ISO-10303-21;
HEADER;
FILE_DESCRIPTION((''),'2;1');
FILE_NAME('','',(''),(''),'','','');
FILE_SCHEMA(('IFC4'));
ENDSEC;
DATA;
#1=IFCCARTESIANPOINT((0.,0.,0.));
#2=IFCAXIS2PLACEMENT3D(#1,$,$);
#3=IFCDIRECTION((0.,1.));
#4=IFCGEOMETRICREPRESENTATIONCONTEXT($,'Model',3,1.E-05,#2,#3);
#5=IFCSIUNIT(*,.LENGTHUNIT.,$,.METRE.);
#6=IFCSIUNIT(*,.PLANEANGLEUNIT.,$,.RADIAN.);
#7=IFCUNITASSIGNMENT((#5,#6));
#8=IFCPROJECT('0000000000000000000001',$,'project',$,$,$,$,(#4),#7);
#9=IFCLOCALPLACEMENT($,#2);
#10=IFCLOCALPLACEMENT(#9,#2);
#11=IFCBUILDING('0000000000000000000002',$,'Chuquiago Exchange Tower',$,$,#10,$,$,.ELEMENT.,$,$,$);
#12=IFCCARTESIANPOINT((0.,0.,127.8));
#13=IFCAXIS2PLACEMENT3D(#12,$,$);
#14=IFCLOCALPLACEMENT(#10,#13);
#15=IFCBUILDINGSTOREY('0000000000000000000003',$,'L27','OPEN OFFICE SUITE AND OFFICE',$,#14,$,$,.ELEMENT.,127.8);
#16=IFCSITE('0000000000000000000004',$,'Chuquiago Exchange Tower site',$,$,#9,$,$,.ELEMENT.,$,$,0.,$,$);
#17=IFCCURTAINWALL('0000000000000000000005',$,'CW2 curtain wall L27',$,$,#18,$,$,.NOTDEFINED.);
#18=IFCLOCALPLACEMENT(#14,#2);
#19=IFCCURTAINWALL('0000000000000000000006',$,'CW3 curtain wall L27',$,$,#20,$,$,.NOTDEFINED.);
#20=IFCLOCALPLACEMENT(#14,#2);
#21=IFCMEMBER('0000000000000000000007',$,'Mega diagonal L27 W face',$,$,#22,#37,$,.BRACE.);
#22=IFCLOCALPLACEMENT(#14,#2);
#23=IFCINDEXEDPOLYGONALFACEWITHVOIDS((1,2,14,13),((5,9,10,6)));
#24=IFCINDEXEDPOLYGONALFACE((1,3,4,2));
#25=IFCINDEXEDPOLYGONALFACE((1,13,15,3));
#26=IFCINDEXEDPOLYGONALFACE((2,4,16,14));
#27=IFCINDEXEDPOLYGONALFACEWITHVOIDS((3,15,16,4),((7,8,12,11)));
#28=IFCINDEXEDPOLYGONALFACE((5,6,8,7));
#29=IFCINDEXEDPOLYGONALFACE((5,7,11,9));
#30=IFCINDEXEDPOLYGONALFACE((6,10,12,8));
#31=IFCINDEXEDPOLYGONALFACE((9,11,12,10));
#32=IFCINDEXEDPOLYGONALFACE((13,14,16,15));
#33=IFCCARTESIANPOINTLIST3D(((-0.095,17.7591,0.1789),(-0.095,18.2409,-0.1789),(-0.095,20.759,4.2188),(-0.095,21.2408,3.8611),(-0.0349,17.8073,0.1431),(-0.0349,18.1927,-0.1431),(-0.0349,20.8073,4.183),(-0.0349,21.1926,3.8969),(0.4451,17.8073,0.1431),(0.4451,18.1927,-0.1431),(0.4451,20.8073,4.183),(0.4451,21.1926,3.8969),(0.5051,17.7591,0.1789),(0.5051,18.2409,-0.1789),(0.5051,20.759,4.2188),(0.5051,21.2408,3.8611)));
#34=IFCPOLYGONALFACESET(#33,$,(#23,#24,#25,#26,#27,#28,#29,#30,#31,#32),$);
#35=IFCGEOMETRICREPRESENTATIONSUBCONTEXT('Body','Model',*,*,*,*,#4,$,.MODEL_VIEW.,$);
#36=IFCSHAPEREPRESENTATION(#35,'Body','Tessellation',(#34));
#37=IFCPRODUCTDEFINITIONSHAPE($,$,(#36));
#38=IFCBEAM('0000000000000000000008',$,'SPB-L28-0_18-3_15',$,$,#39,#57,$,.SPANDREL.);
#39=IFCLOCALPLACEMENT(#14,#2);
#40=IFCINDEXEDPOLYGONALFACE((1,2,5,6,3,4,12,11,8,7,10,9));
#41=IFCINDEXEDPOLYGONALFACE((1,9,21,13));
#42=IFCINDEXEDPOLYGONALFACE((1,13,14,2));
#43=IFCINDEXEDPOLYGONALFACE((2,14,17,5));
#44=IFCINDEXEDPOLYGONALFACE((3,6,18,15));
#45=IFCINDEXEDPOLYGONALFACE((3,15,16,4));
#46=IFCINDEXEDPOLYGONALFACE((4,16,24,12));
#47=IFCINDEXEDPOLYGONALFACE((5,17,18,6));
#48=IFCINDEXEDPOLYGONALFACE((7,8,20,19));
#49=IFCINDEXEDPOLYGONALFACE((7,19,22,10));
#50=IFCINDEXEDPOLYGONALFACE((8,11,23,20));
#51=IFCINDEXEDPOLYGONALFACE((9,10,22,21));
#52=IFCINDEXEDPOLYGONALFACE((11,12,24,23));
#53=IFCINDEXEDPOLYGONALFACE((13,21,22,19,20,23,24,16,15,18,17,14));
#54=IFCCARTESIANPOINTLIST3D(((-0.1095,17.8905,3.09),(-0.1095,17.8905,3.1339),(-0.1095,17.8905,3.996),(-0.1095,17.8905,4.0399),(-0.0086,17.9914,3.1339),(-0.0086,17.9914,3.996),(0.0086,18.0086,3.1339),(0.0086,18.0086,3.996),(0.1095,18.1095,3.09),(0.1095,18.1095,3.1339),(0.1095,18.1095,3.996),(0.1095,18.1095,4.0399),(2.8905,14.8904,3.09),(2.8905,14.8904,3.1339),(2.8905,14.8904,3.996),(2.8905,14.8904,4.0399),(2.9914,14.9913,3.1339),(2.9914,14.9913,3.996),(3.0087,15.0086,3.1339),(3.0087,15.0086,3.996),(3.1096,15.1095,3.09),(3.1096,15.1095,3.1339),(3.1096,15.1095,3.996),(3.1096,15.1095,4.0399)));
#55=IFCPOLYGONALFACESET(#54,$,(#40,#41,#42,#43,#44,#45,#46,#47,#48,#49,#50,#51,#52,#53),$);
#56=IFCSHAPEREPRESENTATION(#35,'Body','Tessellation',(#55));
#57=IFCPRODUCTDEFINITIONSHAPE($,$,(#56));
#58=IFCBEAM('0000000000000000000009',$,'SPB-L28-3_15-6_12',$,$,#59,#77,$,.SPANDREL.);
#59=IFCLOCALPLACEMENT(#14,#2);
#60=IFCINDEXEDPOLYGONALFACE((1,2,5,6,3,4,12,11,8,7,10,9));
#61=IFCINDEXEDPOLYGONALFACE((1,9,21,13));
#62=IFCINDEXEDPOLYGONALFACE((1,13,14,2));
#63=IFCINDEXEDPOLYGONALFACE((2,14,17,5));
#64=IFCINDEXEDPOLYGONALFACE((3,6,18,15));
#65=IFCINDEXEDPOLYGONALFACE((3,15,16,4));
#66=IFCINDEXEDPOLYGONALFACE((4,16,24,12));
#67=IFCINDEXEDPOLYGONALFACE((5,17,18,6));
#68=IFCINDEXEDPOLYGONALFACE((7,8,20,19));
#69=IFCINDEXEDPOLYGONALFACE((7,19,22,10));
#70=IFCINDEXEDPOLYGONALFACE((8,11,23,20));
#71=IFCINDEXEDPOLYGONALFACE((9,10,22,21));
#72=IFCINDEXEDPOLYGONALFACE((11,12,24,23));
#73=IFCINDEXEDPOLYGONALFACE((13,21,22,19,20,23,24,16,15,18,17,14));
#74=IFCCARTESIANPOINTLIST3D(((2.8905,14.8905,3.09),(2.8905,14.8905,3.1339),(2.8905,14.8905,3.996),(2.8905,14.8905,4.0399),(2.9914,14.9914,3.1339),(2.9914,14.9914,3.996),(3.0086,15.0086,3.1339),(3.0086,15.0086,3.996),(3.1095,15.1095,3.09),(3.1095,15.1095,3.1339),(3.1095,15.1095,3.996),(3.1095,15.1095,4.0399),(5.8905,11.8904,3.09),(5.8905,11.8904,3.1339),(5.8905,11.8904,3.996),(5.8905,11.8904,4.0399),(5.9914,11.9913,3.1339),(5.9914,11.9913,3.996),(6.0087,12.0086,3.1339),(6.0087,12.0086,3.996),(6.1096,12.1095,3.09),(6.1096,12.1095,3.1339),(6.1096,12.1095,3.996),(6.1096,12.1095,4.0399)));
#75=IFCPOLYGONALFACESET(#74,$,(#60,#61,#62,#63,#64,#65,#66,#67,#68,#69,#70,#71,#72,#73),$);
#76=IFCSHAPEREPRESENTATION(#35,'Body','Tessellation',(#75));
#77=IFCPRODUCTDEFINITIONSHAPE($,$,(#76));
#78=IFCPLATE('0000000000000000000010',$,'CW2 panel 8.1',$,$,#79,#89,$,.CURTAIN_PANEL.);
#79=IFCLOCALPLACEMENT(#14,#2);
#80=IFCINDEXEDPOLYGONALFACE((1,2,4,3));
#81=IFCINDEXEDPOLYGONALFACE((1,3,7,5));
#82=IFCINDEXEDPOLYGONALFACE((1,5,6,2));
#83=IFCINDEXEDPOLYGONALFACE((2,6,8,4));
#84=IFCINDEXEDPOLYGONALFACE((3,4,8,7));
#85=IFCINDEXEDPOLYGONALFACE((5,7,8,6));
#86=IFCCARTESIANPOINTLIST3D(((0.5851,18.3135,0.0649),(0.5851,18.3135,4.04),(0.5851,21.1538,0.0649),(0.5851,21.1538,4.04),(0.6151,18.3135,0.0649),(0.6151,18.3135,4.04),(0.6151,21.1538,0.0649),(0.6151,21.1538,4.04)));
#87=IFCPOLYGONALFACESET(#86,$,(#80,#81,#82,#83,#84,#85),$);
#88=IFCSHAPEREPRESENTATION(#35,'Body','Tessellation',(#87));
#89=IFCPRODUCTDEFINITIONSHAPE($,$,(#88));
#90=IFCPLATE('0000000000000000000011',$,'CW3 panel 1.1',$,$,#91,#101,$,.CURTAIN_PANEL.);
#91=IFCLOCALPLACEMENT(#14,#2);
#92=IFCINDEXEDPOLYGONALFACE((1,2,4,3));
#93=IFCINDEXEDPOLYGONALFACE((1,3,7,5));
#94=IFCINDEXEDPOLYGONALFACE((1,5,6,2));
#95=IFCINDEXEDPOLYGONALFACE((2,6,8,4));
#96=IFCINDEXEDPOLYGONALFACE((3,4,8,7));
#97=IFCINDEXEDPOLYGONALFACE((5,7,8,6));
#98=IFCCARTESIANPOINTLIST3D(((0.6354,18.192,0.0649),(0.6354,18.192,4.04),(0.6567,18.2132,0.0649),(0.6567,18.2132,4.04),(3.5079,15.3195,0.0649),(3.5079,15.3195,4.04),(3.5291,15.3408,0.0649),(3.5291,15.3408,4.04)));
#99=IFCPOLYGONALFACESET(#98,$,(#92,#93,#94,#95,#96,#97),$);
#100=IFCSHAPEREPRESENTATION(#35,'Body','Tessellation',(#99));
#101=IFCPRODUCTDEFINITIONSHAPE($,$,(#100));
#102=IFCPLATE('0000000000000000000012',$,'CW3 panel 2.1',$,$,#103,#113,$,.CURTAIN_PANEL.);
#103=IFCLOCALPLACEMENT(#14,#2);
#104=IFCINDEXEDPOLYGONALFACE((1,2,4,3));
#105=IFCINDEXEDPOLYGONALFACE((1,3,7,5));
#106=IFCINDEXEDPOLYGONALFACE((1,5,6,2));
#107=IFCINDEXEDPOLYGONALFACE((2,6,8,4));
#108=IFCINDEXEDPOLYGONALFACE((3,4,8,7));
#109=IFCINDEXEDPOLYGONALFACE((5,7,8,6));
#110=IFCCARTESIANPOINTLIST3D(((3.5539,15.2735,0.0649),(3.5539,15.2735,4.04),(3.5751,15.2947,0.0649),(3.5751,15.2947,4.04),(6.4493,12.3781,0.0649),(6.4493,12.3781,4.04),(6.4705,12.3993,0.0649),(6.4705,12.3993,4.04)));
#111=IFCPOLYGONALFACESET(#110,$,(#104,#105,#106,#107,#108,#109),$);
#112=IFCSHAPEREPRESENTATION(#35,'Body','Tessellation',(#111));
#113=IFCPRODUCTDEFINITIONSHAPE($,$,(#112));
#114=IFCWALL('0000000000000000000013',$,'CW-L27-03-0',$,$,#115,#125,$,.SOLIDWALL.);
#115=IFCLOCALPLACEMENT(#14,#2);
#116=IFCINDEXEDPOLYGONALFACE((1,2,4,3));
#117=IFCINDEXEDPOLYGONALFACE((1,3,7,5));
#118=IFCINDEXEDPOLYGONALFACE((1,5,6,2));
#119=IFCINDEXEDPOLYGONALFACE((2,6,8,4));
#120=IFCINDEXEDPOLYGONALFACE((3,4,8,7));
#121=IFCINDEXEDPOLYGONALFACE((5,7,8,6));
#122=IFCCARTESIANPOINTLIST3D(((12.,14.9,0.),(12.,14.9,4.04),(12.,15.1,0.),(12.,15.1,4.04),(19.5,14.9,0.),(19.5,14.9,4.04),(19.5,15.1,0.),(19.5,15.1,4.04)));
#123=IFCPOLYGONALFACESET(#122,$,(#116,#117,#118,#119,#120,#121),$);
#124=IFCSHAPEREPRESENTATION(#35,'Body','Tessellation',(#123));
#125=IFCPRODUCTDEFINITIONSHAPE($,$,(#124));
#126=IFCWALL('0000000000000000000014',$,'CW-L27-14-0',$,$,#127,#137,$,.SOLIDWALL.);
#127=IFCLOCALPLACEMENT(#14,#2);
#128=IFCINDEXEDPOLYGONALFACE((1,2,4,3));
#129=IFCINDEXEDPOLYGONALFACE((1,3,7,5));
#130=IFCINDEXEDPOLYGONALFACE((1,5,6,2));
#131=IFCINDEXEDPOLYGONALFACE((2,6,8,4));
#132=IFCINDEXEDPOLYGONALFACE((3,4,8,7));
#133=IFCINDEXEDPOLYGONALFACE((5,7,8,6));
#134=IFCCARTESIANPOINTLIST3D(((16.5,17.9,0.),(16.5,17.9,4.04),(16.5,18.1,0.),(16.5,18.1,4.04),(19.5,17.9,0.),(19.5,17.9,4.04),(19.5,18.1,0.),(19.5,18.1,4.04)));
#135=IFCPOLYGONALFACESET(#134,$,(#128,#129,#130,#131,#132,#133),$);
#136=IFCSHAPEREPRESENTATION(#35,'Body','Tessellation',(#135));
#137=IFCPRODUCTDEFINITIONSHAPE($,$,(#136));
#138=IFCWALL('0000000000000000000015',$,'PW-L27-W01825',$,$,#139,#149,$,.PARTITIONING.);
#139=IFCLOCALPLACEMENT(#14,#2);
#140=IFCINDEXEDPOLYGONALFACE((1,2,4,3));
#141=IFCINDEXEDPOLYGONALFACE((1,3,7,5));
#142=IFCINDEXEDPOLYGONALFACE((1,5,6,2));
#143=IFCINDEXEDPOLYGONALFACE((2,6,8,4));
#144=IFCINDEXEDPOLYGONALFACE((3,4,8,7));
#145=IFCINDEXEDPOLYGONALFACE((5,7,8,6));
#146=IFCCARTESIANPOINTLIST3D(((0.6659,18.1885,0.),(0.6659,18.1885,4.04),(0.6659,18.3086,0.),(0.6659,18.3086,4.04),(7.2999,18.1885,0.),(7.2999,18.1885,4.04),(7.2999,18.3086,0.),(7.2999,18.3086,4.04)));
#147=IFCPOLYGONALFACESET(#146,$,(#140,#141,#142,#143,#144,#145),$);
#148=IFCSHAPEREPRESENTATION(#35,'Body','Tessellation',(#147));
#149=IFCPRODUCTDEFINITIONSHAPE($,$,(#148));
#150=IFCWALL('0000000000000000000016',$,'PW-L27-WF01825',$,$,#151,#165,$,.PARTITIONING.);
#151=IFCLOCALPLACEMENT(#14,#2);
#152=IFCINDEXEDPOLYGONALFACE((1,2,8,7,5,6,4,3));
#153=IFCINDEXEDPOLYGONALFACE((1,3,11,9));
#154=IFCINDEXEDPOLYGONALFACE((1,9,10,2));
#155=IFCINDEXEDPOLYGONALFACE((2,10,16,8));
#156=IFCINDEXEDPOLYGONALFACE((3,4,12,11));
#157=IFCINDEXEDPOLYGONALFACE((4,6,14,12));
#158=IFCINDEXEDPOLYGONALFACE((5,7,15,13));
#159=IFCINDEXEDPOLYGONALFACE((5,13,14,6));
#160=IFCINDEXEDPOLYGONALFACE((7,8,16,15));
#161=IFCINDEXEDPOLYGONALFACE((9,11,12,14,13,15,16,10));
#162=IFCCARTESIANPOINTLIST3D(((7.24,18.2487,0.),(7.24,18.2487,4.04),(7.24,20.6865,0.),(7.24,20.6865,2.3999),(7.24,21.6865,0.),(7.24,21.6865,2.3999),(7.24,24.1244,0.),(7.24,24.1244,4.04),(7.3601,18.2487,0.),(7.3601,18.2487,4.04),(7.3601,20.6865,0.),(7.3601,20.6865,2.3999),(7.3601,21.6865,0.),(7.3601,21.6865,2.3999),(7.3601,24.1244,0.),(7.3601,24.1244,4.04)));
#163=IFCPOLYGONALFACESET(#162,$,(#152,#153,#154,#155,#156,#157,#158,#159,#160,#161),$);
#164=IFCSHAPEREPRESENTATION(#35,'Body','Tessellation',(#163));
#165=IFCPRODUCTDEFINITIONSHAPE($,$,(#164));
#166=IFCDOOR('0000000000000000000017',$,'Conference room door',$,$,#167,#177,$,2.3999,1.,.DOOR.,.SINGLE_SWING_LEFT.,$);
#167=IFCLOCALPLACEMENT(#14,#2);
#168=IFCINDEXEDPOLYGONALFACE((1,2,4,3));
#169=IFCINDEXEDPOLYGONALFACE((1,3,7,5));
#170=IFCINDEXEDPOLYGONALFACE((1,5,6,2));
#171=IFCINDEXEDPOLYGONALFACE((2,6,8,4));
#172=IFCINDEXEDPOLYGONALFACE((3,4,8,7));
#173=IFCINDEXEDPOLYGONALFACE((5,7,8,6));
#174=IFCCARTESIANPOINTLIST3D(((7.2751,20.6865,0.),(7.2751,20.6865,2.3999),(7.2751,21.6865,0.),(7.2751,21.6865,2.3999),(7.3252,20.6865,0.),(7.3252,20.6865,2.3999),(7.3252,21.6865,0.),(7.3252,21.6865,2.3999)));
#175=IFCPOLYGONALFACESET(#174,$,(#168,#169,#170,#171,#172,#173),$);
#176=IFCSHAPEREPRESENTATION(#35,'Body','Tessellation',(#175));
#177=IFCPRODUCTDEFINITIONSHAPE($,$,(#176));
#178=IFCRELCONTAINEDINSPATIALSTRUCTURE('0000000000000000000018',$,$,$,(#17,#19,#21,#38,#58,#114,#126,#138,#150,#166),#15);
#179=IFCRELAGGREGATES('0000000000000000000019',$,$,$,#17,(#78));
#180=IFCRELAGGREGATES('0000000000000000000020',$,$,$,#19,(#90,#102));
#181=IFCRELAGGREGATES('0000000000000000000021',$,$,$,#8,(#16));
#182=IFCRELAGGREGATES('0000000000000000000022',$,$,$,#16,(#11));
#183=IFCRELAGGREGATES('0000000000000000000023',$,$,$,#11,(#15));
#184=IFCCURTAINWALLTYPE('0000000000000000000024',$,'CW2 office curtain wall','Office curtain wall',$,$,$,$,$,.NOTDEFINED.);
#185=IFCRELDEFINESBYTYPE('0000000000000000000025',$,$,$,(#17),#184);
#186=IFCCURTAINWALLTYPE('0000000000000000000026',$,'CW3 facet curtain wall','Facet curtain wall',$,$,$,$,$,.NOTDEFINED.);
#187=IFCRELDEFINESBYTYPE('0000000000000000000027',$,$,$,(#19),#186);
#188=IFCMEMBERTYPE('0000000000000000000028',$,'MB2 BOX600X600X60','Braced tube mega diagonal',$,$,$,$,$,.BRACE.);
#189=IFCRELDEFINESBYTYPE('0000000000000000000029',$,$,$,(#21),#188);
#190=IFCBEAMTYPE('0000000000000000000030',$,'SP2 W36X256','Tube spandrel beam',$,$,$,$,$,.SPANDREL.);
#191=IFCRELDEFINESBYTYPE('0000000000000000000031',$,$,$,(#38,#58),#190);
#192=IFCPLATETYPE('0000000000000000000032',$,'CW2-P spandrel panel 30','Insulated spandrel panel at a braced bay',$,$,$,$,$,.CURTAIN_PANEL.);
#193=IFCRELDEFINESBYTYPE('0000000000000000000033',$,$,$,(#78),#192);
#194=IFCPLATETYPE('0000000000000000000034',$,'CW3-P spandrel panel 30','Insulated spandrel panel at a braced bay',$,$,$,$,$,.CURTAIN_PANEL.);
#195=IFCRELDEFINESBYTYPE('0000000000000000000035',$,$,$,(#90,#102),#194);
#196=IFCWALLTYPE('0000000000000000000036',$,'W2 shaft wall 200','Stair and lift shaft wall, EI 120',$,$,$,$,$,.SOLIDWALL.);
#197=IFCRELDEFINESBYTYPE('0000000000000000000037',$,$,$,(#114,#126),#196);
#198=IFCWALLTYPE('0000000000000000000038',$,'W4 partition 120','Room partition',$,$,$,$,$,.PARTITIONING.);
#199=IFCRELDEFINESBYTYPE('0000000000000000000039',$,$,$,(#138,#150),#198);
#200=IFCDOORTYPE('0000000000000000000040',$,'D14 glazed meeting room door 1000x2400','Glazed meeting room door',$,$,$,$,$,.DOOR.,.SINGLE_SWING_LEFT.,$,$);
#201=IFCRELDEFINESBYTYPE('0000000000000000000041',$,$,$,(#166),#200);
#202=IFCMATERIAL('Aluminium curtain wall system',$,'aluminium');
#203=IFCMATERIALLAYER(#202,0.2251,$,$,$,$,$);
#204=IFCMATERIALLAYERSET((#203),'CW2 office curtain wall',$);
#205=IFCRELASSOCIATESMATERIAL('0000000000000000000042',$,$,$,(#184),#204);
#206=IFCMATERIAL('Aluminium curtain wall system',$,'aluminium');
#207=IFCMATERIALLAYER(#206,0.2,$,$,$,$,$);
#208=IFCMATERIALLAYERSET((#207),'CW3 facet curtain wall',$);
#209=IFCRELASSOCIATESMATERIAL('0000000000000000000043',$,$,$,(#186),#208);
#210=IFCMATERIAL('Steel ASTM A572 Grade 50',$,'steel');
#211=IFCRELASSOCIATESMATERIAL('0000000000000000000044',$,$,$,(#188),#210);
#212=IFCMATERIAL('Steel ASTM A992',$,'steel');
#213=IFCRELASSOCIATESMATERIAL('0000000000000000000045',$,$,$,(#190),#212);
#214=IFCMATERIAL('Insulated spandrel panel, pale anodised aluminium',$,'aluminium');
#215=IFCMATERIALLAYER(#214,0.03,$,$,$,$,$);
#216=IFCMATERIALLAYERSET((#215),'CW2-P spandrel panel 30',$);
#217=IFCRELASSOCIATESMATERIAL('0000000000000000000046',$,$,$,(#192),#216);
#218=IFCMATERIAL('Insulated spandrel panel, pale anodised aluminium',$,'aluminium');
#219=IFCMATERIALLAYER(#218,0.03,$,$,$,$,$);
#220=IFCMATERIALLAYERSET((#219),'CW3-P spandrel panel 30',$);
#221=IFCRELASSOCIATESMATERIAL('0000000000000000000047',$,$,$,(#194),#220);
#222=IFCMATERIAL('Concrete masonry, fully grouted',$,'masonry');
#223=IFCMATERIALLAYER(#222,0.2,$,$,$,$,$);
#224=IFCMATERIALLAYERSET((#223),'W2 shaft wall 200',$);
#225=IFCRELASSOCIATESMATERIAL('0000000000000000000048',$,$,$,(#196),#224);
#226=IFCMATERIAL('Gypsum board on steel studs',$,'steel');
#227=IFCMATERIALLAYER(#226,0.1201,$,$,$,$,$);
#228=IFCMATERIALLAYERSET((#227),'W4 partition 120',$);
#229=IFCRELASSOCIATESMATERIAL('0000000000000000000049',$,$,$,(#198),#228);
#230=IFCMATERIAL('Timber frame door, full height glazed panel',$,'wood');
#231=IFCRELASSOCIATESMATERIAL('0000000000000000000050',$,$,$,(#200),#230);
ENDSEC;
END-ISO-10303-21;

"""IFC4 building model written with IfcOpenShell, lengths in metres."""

from ifc_helpers import new_model, si_unit, direction, frame, frame_2d, origin, origin_2d, place, context, subcontext, project, spatial, rectangle, hollow_rectangle, i_section, extrude, material, layer, layer_set, material_profile, profile_set, type_object, element, fill, aggregate, save


model = new_model("IFC4")

# Units and contexts
model_context = context("Model", 3, precision=1e-05, world=origin(), true_north=direction((0.0, 1.0)))
body_context = subcontext(model_context, "Body", "Model", "MODEL_VIEW")
ifc_project = project(units=[si_unit("LENGTHUNIT", "METRE"), si_unit("PLANEANGLEUNIT", "RADIAN")], contexts=[model_context])

# Site, building, storey
site_placement = place(None, origin())
site = spatial("IfcSite", under=ifc_project, at=site_placement, Name="Chuquiago Exchange Tower site", CompositionType="ELEMENT", RefElevation=0.0)
building_placement = place(site_placement, origin())
building = spatial("IfcBuilding", under=site, at=building_placement, Name="Chuquiago Exchange Tower", CompositionType="ELEMENT")
storey_placement = place(building_placement, frame((0.0, 0.0, 127.8)))
storey = spatial("IfcBuildingStorey", under=building, at=storey_placement, Name="L27", Description="OPEN OFFICE SUITE AND OFFICE", CompositionType="ELEMENT", Elevation=127.8)

# Curtain wall
ifc_material_1 = material(Name="Aluminium curtain wall system", Category="aluminium")
ifc_layer_1 = layer(ifc_material_1, 0.2251)
ifc_layer_set_1 = layer_set([ifc_layer_1], Name="CW2 office curtain wall")
curtain_wall_type_1 = type_object("IfcCurtainWallType", Name="CW2 office curtain wall", Description="Office curtain wall", PredefinedType="NOTDEFINED", material=ifc_layer_set_1)
curtain_wall_1_placement = place(storey_placement, origin())
curtain_wall_1 = element("IfcCurtainWall", 1, at=curtain_wall_1_placement, inside=storey, type_object=curtain_wall_type_1, Name="CW2 curtain wall L27", PredefinedType="NOTDEFINED")

# Curtain wall
ifc_material_2 = material(Name="Aluminium curtain wall system", Category="aluminium")
ifc_layer_2 = layer(ifc_material_2, 0.2)
ifc_layer_set_2 = layer_set([ifc_layer_2], Name="CW3 facet curtain wall")
curtain_wall_type_2 = type_object("IfcCurtainWallType", Name="CW3 facet curtain wall", Description="Facet curtain wall", PredefinedType="NOTDEFINED", material=ifc_layer_set_2)
curtain_wall_2_placement = place(storey_placement, origin())
curtain_wall_2 = element("IfcCurtainWall", 2, at=curtain_wall_2_placement, inside=storey, type_object=curtain_wall_type_2, Name="CW3 curtain wall L27", PredefinedType="NOTDEFINED")

# Member
ifc_material_3 = material(Name="Steel ASTM A572 Grade 50", Category="steel")
ifc_material_profile_1 = material_profile(ifc_material_3, hollow_rectangle(XDim=0.6001, YDim=0.6001, WallThickness=0.0601, at=origin_2d()), Name="BOX600X600X60")
ifc_profile_set_1 = profile_set([ifc_material_profile_1], Name="Steel ASTM A572 Grade 50")
member_type_1 = type_object("IfcMemberType", Name="MB2 BOX600X600X60", Description="Braced tube mega diagonal", PredefinedType="BRACE", material=ifc_profile_set_1)
member_1_placement = place(storey_placement, frame((0.2051, 18.0, 0.0), z_axis=(0.0, 0.596174, 0.802855), x_axis=(-1.0, 0.0, 0.0)))
element("IfcMember", 3, at=member_1_placement, inside=storey, type_object=member_type_1, Name="Mega diagonal L27 W face", PredefinedType="BRACE", context=body_context, shape_type="SweptSolid", body=[
    extrude(hollow_rectangle(XDim=0.6001, YDim=0.6001, WallThickness=0.0601, at=origin_2d()), origin(), (0.0, 0.0, 1.0), 5.032),
])

# Beams
ifc_material_4 = material(Name="Steel ASTM A992", Category="steel")
ifc_material_profile_2 = material_profile(ifc_material_4, i_section(OverallWidth=0.3098, OverallDepth=0.95, WebThickness=0.0244, FlangeThickness=0.0439, at=origin_2d()), Name="W36X256")
ifc_profile_set_2 = profile_set([ifc_material_profile_2], Name="Steel ASTM A992")
beam_type_1 = type_object("IfcBeamType", Name="SP2 W36X256", Description="Tube spandrel beam", PredefinedType="SPANDREL", material=ifc_profile_set_2)
for number, where, z_axis, x_axis, name in (
    (4, (0.0, 18.0, 3.5649), (0.707107, -0.707107, 0.0), (0.707107, 0.707107, 0.0), "SPB-L28-0_18-3_15"),
    (5, (3.0, 15.0, 3.5649), (0.707107, -0.707107, 0.0), (0.707107, 0.707107, 0.0), "SPB-L28-3_15-6_12"),
):
    element("IfcBeam", number, at=place(storey_placement, frame(where, z_axis=z_axis, x_axis=x_axis)), inside=storey, type_object=beam_type_1, Name=name, PredefinedType="SPANDREL", context=body_context, shape_type="SweptSolid", body=[
        extrude(i_section(OverallWidth=0.3098, OverallDepth=0.95, WebThickness=0.0244, FlangeThickness=0.0439, at=origin_2d()), origin(), (0.0, 0.0, 1.0), 4.2427),
    ])

# Plates
ifc_material_5 = material(Name="Insulated spandrel panel, pale anodised aluminium", Category="aluminium")
ifc_layer_3 = layer(ifc_material_5, 0.03)
ifc_layer_set_3 = layer_set([ifc_layer_3], Name="CW2-P spandrel panel 30")
plate_type_1 = type_object("IfcPlateType", Name="CW2-P spandrel panel 30", Description="Insulated spandrel panel at a braced bay", PredefinedType="CURTAIN_PANEL", material=ifc_layer_set_3)
plate_1_placement = place(storey_placement, frame((0.6001, 19.7336, 0.0649), z_axis=(0.0, 0.0, 1.0), x_axis=(0.0, -1.0, 0.0)))
plate_1 = element("IfcPlate", 6, at=plate_1_placement, type_object=plate_type_1, Name="CW2 panel 8.1", PredefinedType="CURTAIN_PANEL", context=body_context, shape_type="SweptSolid", body=[
    extrude(rectangle(XDim=2.8403, YDim=0.03, at=origin_2d()), origin(), (0.0, 0.0, 1.0), 3.9751),
])
aggregate(curtain_wall_1, [plate_1])
ifc_material_6 = material(Name="Insulated spandrel panel, pale anodised aluminium", Category="aluminium")
ifc_layer_4 = layer(ifc_material_6, 0.03)
ifc_layer_set_4 = layer_set([ifc_layer_4], Name="CW3-P spandrel panel 30")
plate_type_2 = type_object("IfcPlateType", Name="CW3-P spandrel panel 30", Description="Insulated spandrel panel at a braced bay", PredefinedType="CURTAIN_PANEL", material=ifc_layer_set_4)
plate_2_placement = place(storey_placement, frame((2.0823, 16.7664, 0.0649), z_axis=(0.0, 0.0, 1.0), x_axis=(0.707107, -0.707107, 0.0)))
plate_2 = element("IfcPlate", 7, at=plate_2_placement, type_object=plate_type_2, Name="CW3 panel 1.1", PredefinedType="CURTAIN_PANEL", context=body_context, shape_type="SweptSolid", body=[
    extrude(rectangle(XDim=4.0623, YDim=0.03, at=origin_2d()), origin(), (0.0, 0.0, 1.0), 3.9751),
])
plate_3_placement = place(storey_placement, frame((5.0122, 13.8364, 0.0649), z_axis=(0.0, 0.0, 1.0), x_axis=(0.707107, -0.707107, 0.0)))
plate_3 = element("IfcPlate", 8, at=plate_3_placement, type_object=plate_type_2, Name="CW3 panel 2.1", PredefinedType="CURTAIN_PANEL", context=body_context, shape_type="SweptSolid", body=[
    extrude(rectangle(XDim=4.0947, YDim=0.03, at=origin_2d()), origin(), (0.0, 0.0, 1.0), 3.9751),
])
aggregate(curtain_wall_2, [plate_2, plate_3])

# Walls
ifc_material_7 = material(Name="Concrete masonry, fully grouted", Category="masonry")
ifc_layer_5 = layer(ifc_material_7, 0.2)
ifc_layer_set_5 = layer_set([ifc_layer_5], Name="W2 shaft wall 200")
wall_type_1 = type_object("IfcWallType", Name="W2 shaft wall 200", Description="Stair and lift shaft wall, EI 120", PredefinedType="SOLIDWALL", material=ifc_layer_set_5)
wall_1_placement = place(storey_placement, frame((12.0, 15.0, 0.0), z_axis=(0.0, 0.0, 1.0), x_axis=(1.0, 0.0, 0.0)))
element("IfcWall", 9, at=wall_1_placement, inside=storey, type_object=wall_type_1, Name="CW-L27-03-0", PredefinedType="SOLIDWALL", context=body_context, shape_type="SweptSolid", body=[
    extrude(rectangle(XDim=7.5, YDim=0.2, at=frame_2d((3.75, 0.0))), origin(), (0.0, 0.0, 1.0), 4.04),
])
wall_2_placement = place(storey_placement, frame((16.5, 18.0, 0.0), z_axis=(0.0, 0.0, 1.0), x_axis=(1.0, 0.0, 0.0)))
element("IfcWall", 10, at=wall_2_placement, inside=storey, type_object=wall_type_1, Name="CW-L27-14-0", PredefinedType="SOLIDWALL", context=body_context, shape_type="SweptSolid", body=[
    extrude(rectangle(XDim=3.0, YDim=0.2, at=frame_2d((1.5, 0.0))), origin(), (0.0, 0.0, 1.0), 4.04),
])
ifc_material_8 = material(Name="Gypsum board on steel studs", Category="steel")
ifc_layer_6 = layer(ifc_material_8, 0.1201)
ifc_layer_set_6 = layer_set([ifc_layer_6], Name="W4 partition 120")
wall_type_2 = type_object("IfcWallType", Name="W4 partition 120", Description="Room partition", PredefinedType="PARTITIONING", material=ifc_layer_set_6)
wall_3_placement = place(storey_placement, frame((0.666, 18.2485, 0.0), z_axis=(0.0, 0.0, 1.0), x_axis=(1.0, 0.0, 0.0)))
element("IfcWall", 11, at=wall_3_placement, inside=storey, type_object=wall_type_2, Name="PW-L27-W01825", PredefinedType="PARTITIONING", context=body_context, shape_type="SweptSolid", body=[
    extrude(rectangle(XDim=6.634, YDim=0.1201, at=frame_2d((3.3169, 0.0))), origin(), (0.0, 0.0, 1.0), 4.04),
])

# Wall, opening, door
wall_4_placement = place(storey_placement, frame((7.3, 18.2485, 0.0), z_axis=(0.0, 0.0, 1.0), x_axis=(0.0, 1.0, 0.0)))
wall_4 = element("IfcWall", 12, at=wall_4_placement, inside=storey, type_object=wall_type_2, Name="PW-L27-WF01825", PredefinedType="PARTITIONING", context=body_context, shape_type="SweptSolid", body=[
    extrude(rectangle(XDim=5.8757, YDim=0.1201, at=frame_2d((2.938, 0.0))), origin(), (0.0, 0.0, 1.0), 4.04),
])
opening_placement = place(wall_4_placement, frame((2.438, 0.0, 0.0)))
opening = element("IfcOpeningElement", 13, at=opening_placement, cuts=wall_4, PredefinedType="OPENING", context=body_context, shape_type="SweptSolid", body=[
    extrude(rectangle(XDim=1.0, YDim=2.3999, at=frame_2d((0.5, 1.2))), frame((0.0, 0.0701, 0.0), z_axis=(0.0, -1.0, 0.0), x_axis=(1.0, 0.0, 0.0)), (0.0, 0.0, 1.0), 0.1401),
])
ifc_material_9 = material(Name="Timber frame door, full height glazed panel", Category="wood")
door_type = type_object("IfcDoorType", Name="D14 glazed meeting room door 1000x2400", Description="Glazed meeting room door", OperationType="SINGLE_SWING_LEFT", PredefinedType="DOOR", material=ifc_material_9)
door_placement = place(opening_placement, origin())
door = element("IfcDoor", 14, at=door_placement, inside=storey, type_object=door_type, Name="Conference room door", OperationType="SINGLE_SWING_LEFT", OverallHeight=2.3999, OverallWidth=1.0, PredefinedType="DOOR", context=body_context, shape_type="SweptSolid", body=[
    extrude(rectangle(XDim=1.0, YDim=2.3999, at=frame_2d((0.5, 1.2))), frame((0.0, 0.0249, 0.0), z_axis=(0.0, -1.0, 0.0), x_axis=(1.0, 0.0, 0.0)), (0.0, 0.0, 1.0), 0.05),
])
fill(opening, door)

save(model, "model.ifc")
